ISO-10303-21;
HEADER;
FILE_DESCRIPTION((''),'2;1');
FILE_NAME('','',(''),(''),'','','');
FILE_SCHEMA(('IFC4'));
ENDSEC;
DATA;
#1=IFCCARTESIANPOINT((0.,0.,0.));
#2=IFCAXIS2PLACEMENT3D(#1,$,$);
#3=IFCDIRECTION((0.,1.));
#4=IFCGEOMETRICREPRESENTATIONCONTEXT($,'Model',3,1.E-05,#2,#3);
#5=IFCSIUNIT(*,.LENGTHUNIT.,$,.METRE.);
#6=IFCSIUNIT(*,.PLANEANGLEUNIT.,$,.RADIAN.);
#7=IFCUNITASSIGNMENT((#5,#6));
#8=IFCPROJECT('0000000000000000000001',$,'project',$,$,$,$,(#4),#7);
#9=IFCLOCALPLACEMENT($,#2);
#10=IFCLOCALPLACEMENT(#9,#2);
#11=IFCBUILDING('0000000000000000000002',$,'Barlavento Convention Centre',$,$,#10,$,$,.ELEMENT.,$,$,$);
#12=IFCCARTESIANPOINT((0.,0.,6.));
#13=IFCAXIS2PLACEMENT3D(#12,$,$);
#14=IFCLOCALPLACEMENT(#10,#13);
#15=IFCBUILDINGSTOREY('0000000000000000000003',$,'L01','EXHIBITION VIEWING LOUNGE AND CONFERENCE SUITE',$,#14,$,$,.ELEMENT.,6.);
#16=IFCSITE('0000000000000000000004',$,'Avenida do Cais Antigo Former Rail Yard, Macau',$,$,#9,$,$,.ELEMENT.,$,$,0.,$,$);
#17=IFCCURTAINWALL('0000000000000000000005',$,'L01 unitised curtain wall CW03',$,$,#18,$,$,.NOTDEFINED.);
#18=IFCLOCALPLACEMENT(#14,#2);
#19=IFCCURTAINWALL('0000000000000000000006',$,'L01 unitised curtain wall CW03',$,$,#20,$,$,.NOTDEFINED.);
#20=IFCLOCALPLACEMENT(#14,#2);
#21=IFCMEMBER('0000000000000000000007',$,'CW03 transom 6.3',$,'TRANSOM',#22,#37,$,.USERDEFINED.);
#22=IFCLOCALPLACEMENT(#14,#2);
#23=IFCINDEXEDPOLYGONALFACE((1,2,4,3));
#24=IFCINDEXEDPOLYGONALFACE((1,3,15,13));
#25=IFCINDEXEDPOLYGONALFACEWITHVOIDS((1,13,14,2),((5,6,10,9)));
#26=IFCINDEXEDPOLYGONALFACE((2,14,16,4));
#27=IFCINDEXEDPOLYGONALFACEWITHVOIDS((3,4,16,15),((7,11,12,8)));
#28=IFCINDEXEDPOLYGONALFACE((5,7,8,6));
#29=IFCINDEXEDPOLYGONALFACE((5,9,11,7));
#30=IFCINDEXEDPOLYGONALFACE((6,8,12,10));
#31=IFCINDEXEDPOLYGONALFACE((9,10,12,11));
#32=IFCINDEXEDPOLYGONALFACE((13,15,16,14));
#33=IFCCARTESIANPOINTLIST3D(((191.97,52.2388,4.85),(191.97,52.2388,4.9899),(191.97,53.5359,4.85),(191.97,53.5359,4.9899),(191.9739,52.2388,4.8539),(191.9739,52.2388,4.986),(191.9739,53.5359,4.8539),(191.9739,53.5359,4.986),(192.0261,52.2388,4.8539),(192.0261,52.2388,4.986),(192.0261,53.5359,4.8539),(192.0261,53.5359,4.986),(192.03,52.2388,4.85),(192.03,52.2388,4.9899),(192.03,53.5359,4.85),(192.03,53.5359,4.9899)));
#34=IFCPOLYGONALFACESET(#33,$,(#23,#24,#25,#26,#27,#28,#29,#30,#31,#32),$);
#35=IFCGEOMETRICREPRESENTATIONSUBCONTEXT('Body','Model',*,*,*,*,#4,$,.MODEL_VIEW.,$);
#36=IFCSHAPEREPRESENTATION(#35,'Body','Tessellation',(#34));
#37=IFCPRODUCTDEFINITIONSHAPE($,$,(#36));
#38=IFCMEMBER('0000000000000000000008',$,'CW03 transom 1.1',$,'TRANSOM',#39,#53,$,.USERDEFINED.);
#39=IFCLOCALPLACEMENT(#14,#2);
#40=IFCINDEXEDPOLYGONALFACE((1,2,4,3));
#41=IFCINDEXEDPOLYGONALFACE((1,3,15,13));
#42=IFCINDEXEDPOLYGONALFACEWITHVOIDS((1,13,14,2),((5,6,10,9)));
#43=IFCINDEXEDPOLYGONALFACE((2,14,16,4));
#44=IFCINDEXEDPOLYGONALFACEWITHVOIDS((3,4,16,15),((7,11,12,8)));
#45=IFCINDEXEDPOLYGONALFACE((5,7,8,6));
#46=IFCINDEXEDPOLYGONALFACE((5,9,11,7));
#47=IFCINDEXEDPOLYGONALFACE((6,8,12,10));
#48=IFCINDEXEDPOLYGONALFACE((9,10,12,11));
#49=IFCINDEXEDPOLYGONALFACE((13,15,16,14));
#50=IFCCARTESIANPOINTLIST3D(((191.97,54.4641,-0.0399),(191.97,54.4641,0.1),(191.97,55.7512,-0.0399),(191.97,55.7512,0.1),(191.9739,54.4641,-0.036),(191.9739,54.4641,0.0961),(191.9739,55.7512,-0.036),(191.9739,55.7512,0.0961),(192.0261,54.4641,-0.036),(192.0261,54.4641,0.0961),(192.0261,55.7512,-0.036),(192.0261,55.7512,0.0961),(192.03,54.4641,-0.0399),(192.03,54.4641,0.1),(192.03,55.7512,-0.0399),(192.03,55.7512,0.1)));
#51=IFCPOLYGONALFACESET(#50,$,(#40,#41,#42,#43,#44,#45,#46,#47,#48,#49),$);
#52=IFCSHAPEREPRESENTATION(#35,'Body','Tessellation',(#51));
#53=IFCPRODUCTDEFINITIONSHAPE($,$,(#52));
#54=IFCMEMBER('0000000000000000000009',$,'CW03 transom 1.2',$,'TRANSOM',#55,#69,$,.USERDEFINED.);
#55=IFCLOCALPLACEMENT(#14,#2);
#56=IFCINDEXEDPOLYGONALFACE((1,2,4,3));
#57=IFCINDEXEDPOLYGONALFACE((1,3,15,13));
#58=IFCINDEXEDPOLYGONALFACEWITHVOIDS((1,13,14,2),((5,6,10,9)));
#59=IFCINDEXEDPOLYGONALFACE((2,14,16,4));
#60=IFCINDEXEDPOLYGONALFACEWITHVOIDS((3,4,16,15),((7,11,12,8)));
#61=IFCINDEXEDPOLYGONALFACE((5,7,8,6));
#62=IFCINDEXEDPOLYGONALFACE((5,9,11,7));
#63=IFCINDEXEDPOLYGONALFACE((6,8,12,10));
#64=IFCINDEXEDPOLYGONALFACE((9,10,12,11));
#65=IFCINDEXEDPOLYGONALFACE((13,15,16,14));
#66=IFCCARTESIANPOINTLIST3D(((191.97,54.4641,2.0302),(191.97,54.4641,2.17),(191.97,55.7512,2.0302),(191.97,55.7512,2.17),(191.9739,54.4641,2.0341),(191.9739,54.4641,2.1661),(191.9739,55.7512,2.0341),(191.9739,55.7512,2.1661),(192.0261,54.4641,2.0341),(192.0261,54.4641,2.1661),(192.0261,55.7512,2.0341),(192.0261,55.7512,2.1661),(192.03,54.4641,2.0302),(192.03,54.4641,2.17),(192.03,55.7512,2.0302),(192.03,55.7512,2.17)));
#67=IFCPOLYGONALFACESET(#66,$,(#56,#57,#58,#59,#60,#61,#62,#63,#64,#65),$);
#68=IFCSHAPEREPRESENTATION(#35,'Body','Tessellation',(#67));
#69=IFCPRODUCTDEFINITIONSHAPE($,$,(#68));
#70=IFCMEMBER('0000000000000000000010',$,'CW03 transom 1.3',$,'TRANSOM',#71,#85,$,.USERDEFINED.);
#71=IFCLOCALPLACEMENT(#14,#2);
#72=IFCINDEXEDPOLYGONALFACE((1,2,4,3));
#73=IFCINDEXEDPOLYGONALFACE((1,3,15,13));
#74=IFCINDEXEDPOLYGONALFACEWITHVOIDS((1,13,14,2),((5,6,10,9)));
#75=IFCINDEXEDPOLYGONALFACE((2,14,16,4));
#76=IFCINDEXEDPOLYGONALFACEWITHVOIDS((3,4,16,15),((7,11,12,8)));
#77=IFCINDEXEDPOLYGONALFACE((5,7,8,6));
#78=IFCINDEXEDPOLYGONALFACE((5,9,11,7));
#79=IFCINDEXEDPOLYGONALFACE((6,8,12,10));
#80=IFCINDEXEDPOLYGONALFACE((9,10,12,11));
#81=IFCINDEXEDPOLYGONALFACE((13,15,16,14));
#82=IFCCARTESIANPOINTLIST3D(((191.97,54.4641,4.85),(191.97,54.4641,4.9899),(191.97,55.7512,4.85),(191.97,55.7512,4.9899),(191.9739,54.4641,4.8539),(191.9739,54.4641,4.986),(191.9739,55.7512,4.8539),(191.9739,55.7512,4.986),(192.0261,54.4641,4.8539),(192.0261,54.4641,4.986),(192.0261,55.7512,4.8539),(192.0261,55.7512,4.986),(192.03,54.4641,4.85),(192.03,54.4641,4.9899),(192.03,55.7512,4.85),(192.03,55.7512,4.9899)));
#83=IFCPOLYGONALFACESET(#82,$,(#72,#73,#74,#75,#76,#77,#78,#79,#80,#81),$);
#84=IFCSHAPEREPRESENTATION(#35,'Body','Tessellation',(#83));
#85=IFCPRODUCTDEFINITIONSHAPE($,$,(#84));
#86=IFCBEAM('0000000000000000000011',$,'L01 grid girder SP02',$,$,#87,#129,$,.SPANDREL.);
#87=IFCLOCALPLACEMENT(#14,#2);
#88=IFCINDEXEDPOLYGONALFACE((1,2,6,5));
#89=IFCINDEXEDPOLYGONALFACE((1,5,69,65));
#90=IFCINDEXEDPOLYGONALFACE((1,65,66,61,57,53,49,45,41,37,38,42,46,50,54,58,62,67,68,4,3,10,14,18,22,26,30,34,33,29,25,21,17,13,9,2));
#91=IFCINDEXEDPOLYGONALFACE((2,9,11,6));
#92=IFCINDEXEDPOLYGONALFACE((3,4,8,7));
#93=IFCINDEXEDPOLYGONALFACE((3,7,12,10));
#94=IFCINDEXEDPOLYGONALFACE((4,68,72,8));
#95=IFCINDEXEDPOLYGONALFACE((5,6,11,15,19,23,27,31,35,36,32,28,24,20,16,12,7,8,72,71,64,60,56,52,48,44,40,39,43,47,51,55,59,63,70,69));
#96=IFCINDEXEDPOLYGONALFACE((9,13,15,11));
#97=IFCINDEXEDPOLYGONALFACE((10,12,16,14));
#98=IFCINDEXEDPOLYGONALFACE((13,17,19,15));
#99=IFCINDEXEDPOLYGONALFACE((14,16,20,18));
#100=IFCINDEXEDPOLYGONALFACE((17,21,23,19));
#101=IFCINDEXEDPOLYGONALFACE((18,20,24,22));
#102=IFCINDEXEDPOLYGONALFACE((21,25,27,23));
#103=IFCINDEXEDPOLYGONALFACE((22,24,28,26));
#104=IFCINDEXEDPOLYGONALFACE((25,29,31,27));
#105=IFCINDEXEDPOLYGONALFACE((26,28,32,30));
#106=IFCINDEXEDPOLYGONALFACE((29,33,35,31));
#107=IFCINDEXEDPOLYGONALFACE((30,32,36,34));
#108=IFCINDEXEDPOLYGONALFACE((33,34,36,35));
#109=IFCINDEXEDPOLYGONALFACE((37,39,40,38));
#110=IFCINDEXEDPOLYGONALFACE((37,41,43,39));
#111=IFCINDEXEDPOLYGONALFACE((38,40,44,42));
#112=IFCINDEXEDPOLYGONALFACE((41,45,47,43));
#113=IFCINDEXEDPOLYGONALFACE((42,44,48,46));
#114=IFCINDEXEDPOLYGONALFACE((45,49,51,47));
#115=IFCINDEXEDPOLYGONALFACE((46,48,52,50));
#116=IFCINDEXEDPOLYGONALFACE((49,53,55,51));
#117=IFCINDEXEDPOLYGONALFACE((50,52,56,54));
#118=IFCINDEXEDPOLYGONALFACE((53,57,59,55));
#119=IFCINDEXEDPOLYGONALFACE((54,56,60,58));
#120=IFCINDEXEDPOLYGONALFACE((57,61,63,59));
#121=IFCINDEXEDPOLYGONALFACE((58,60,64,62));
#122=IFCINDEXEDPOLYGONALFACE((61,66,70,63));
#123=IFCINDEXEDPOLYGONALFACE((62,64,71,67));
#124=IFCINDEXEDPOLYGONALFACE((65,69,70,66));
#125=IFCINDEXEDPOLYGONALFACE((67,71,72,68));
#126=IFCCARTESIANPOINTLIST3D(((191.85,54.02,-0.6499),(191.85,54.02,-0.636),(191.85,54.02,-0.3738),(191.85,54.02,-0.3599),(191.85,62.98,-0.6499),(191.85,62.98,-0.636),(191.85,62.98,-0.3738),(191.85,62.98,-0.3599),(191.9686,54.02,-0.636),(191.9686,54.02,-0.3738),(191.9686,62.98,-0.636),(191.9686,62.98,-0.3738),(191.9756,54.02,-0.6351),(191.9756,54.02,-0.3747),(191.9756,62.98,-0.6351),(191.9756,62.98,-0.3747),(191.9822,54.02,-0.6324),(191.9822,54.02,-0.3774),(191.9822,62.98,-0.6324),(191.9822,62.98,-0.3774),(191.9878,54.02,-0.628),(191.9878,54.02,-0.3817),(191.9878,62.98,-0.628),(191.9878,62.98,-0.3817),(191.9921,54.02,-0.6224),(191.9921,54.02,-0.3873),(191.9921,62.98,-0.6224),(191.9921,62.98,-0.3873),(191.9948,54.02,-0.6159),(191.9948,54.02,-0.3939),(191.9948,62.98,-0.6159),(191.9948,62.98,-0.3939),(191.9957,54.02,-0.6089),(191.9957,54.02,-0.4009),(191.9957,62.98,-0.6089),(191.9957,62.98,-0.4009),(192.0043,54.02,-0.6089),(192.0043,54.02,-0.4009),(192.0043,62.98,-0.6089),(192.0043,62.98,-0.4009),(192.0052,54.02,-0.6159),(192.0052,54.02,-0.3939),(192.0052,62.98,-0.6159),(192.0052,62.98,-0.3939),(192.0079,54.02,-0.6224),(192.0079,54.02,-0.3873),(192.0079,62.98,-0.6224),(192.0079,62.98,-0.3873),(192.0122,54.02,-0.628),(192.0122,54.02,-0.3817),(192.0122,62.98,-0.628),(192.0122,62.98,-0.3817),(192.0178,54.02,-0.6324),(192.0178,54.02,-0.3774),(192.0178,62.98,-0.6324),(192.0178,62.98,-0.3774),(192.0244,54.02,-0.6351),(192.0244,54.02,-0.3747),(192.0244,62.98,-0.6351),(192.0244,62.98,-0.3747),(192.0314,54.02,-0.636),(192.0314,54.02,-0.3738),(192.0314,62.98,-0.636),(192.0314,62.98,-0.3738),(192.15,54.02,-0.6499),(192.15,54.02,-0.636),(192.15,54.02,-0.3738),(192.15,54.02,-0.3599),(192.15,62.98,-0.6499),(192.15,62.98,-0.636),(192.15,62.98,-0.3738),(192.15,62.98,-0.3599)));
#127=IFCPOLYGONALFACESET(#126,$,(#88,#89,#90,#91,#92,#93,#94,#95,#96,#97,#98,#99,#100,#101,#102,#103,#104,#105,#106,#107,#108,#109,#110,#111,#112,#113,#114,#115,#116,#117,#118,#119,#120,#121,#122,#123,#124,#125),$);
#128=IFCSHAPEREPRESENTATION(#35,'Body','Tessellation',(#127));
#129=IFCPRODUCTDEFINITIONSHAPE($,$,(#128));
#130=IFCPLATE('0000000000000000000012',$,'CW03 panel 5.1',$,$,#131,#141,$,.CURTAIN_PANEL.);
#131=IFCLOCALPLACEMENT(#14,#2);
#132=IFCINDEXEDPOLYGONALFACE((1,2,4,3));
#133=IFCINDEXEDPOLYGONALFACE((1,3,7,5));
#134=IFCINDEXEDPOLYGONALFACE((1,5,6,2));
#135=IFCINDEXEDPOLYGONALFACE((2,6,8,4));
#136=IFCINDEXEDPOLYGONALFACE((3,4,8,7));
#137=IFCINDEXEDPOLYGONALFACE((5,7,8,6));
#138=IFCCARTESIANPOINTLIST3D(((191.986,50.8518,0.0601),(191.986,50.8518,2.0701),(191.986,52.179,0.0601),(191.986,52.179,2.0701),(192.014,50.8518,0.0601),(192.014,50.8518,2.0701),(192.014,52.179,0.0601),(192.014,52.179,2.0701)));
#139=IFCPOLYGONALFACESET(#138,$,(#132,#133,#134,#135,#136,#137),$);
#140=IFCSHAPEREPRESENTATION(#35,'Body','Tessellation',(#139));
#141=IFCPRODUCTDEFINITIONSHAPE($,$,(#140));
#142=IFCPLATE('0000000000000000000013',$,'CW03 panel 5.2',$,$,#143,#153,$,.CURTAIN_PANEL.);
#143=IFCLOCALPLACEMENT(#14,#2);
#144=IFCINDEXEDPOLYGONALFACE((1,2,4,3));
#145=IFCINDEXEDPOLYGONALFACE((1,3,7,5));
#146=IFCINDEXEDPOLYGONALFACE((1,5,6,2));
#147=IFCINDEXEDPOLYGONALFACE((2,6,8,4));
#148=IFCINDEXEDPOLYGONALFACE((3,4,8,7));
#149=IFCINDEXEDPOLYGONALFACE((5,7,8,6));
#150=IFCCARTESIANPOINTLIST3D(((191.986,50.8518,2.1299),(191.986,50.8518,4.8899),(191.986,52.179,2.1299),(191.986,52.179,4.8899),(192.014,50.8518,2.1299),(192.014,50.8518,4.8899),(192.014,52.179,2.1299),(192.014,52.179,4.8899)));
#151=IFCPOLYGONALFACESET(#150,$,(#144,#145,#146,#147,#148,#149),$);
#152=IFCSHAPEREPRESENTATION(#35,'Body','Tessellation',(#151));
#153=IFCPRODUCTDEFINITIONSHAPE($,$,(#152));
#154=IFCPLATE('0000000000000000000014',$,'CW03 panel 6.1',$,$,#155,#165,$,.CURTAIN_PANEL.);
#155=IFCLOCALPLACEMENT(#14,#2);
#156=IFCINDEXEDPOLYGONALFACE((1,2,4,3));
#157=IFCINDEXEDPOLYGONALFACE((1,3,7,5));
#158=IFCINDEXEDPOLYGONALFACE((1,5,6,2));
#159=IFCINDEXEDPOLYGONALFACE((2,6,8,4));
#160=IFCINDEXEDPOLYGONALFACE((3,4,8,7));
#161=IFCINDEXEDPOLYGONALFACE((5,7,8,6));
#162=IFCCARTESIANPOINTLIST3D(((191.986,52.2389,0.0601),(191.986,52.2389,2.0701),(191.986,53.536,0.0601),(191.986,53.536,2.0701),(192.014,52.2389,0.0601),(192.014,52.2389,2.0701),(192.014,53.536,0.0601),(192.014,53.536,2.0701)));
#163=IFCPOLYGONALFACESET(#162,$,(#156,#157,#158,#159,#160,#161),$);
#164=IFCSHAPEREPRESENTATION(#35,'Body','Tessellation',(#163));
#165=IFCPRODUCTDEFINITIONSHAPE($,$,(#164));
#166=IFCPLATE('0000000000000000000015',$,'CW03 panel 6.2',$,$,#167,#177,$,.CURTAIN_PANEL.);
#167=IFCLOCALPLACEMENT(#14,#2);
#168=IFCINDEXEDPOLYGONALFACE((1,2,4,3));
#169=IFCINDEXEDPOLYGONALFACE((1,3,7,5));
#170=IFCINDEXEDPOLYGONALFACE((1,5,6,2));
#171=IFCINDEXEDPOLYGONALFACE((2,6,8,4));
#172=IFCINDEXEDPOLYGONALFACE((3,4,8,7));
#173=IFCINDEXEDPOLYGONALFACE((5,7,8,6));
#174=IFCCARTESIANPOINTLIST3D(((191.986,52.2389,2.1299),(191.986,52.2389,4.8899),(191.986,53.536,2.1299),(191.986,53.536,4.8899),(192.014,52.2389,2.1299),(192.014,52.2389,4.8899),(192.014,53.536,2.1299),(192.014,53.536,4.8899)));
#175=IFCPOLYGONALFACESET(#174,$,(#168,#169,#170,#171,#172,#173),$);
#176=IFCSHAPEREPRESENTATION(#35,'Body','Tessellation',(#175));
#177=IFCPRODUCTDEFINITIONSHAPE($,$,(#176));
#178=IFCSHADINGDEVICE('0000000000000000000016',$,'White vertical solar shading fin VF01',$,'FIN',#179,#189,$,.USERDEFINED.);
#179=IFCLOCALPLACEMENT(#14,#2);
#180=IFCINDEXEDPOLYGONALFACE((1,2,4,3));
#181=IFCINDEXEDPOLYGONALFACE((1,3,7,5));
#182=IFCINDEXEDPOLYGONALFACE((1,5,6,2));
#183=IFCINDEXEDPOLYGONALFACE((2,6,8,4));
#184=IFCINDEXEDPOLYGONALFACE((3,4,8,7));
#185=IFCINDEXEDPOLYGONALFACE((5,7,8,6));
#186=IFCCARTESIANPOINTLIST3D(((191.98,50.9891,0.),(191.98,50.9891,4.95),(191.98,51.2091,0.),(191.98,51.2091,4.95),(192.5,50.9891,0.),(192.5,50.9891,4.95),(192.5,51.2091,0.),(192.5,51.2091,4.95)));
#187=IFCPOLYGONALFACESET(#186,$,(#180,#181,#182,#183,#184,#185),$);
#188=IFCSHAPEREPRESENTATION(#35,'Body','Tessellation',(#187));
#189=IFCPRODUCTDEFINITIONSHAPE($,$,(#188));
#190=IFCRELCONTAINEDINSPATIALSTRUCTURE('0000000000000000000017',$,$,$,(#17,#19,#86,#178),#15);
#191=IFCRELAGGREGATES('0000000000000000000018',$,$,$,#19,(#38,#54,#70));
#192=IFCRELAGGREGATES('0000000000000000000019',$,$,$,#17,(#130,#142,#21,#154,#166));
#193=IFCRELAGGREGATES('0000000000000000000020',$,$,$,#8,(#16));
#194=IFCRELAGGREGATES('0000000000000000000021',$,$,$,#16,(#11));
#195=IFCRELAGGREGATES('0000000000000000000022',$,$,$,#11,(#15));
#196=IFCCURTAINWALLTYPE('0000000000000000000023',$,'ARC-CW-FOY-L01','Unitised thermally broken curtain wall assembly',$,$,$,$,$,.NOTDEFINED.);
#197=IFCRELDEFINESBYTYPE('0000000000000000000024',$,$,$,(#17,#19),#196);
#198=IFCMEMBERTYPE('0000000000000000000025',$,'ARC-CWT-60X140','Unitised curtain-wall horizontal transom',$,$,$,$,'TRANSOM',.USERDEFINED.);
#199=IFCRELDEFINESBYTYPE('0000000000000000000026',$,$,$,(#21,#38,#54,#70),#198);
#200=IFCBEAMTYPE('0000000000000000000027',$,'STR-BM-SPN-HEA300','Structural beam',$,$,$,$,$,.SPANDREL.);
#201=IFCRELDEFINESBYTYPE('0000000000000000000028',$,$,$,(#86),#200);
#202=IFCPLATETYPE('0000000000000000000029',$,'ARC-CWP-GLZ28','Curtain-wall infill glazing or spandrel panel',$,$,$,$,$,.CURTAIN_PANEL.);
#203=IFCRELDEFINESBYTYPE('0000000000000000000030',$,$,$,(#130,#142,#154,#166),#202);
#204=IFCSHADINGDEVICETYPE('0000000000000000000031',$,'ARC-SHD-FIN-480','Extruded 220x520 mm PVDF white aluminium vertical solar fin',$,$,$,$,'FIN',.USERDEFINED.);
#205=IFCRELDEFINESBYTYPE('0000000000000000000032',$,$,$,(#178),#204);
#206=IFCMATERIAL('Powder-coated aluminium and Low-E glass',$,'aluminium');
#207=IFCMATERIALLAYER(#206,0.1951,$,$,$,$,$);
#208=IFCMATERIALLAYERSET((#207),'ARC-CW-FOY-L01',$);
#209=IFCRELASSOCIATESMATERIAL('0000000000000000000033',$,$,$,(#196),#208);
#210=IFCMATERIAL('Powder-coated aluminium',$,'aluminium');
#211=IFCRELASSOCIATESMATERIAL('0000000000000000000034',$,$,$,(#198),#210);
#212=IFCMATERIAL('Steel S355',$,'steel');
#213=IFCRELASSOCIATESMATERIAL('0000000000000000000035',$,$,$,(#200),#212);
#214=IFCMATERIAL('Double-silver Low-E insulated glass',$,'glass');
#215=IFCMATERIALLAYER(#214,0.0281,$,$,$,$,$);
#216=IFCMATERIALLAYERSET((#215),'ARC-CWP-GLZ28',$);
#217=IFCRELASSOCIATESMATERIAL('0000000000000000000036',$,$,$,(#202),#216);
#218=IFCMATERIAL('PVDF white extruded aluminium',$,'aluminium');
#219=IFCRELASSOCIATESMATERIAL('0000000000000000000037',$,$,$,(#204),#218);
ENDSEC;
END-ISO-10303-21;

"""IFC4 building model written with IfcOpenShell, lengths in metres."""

from ifc_helpers import new_model, si_unit, direction, frame, origin, origin_2d, place, context, subcontext, project, spatial, rectangle, hollow_rectangle, i_section, extrude, material, layer, layer_set, material_profile, profile_set, type_object, element, aggregate, save


model = new_model("IFC4")

# Units and contexts
model_context = context("Model", 3, precision=1e-05, world=origin(), true_north=direction((0.0, 1.0)))
body_context = subcontext(model_context, "Body", "Model", "MODEL_VIEW")
ifc_project = project(units=[si_unit("LENGTHUNIT", "METRE"), si_unit("PLANEANGLEUNIT", "RADIAN")], contexts=[model_context])

# Site, building, storey
site_placement = place(None, origin())
site = spatial("IfcSite", under=ifc_project, at=site_placement, Name="Avenida do Cais Antigo Former Rail Yard, Macau", CompositionType="ELEMENT", RefElevation=0.0)
building_placement = place(site_placement, origin())
building = spatial("IfcBuilding", under=site, at=building_placement, Name="Barlavento Convention Centre", CompositionType="ELEMENT")
storey_placement = place(building_placement, frame((0.0, 0.0, 6.0)))
storey = spatial("IfcBuildingStorey", under=building, at=storey_placement, Name="L01", Description="EXHIBITION VIEWING LOUNGE AND CONFERENCE SUITE", CompositionType="ELEMENT", Elevation=6.0)

# Curtain wall
ifc_material_1 = material(Name="Powder-coated aluminium and Low-E glass", Category="aluminium")
ifc_layer_1 = layer(ifc_material_1, 0.1951)
ifc_layer_set_1 = layer_set([ifc_layer_1], Name="ARC-CW-FOY-L01")
curtain_wall_type = type_object("IfcCurtainWallType", Name="ARC-CW-FOY-L01", Description="Unitised thermally broken curtain wall assembly", PredefinedType="NOTDEFINED", material=ifc_layer_set_1)
curtain_wall_1_placement = place(storey_placement, origin())
curtain_wall_1 = element("IfcCurtainWall", 1, at=curtain_wall_1_placement, inside=storey, type_object=curtain_wall_type, Name="L01 unitised curtain wall CW03", PredefinedType="NOTDEFINED")
ifc_material_2 = material(Name="Powder-coated aluminium", Category="aluminium")

# Curtain wall
curtain_wall_2_placement = place(storey_placement, origin())
curtain_wall_2 = element("IfcCurtainWall", 2, at=curtain_wall_2_placement, inside=storey, type_object=curtain_wall_type, Name="L01 unitised curtain wall CW03", PredefinedType="NOTDEFINED")

# Members
ifc_material_profile_1 = material_profile(ifc_material_2, hollow_rectangle(XDim=0.0601, YDim=0.1399, WallThickness=0.0039, at=origin_2d()), Name="AL-TRAN 60x140x4")
ifc_profile_set_1 = profile_set([ifc_material_profile_1], Name="Powder-coated aluminium")
member_type_1 = type_object("IfcMemberType", Name="ARC-CWT-60X140", Description="Unitised curtain-wall horizontal transom", ElementType="TRANSOM", PredefinedType="USERDEFINED", material=ifc_profile_set_1)
member_1_placement = place(storey_placement, frame((192.0, 52.2388, 4.9199), z_axis=(0.0, 1.0, 0.0), x_axis=(-1.0, 0.0, 0.0)))
member_1 = element("IfcMember", 3, at=member_1_placement, type_object=member_type_1, Name="CW03 transom 6.3", ObjectType="TRANSOM", PredefinedType="USERDEFINED", context=body_context, shape_type="SweptSolid", body=[
    extrude(hollow_rectangle(XDim=0.0601, YDim=0.1399, WallThickness=0.0039, at=origin_2d()), origin(), (0.0, 0.0, 1.0), 1.2971),
])
member_2_placement = place(storey_placement, frame((192.0, 54.4641, 0.03), z_axis=(0.0, 1.0, 0.0), x_axis=(-1.0, 0.0, 0.0)))
member_2 = element("IfcMember", 4, at=member_2_placement, type_object=member_type_1, Name="CW03 transom 1.1", ObjectType="TRANSOM", PredefinedType="USERDEFINED", context=body_context, shape_type="SweptSolid", body=[
    extrude(hollow_rectangle(XDim=0.0601, YDim=0.1399, WallThickness=0.0039, at=origin_2d()), origin(), (0.0, 0.0, 1.0), 1.2871),
])
member_3_placement = place(storey_placement, frame((192.0, 54.4641, 2.1001), z_axis=(0.0, 1.0, 0.0), x_axis=(-1.0, 0.0, 0.0)))
member_3 = element("IfcMember", 5, at=member_3_placement, type_object=member_type_1, Name="CW03 transom 1.2", ObjectType="TRANSOM", PredefinedType="USERDEFINED", context=body_context, shape_type="SweptSolid", body=[
    extrude(hollow_rectangle(XDim=0.0601, YDim=0.1399, WallThickness=0.0039, at=origin_2d()), origin(), (0.0, 0.0, 1.0), 1.2871),
])
member_4_placement = place(storey_placement, frame((192.0, 54.4641, 4.9199), z_axis=(0.0, 1.0, 0.0), x_axis=(-1.0, 0.0, 0.0)))
member_4 = element("IfcMember", 6, at=member_4_placement, type_object=member_type_1, Name="CW03 transom 1.3", ObjectType="TRANSOM", PredefinedType="USERDEFINED", context=body_context, shape_type="SweptSolid", body=[
    extrude(hollow_rectangle(XDim=0.0601, YDim=0.1399, WallThickness=0.0039, at=origin_2d()), origin(), (0.0, 0.0, 1.0), 1.2871),
])
aggregate(curtain_wall_2, [member_2, member_3, member_4])

# Beam
ifc_material_3 = material(Name="Steel S355", Category="steel")
ifc_material_profile_2 = material_profile(ifc_material_3, i_section(OverallWidth=0.3, OverallDepth=0.29, WebThickness=0.0085, FlangeThickness=0.0139, FilletRadius=0.0271, at=origin_2d()), Name="HEA 300")
ifc_profile_set_2 = profile_set([ifc_material_profile_2], Name="Steel S355")
beam_type = type_object("IfcBeamType", Name="STR-BM-SPN-HEA300", Description="Structural beam", PredefinedType="SPANDREL", material=ifc_profile_set_2)
beam_placement = place(storey_placement, frame((192.0, 54.02, -0.5049), z_axis=(0.0, 1.0, 0.0), x_axis=(-1.0, 0.0, 0.0)))
element("IfcBeam", 7, at=beam_placement, inside=storey, type_object=beam_type, Name="L01 grid girder SP02", PredefinedType="SPANDREL", context=body_context, shape_type="SweptSolid", body=[
    extrude(i_section(OverallWidth=0.3, OverallDepth=0.29, WebThickness=0.0085, FlangeThickness=0.0139, FilletRadius=0.0271, at=origin_2d()), origin(), (0.0, 0.0, 1.0), 8.96),
])

# Plates
ifc_material_4 = material(Name="Double-silver Low-E insulated glass", Category="glass")
ifc_layer_2 = layer(ifc_material_4, 0.0281)
ifc_layer_set_2 = layer_set([ifc_layer_2], Name="ARC-CWP-GLZ28")
plate_type = type_object("IfcPlateType", Name="ARC-CWP-GLZ28", Description="Curtain-wall infill glazing or spandrel panel", PredefinedType="CURTAIN_PANEL", material=ifc_layer_set_2)
plate_1_placement = place(storey_placement, frame((192.0, 51.5154, 0.0601), z_axis=(0.0, 0.0, 1.0), x_axis=(0.0, 1.0, 0.0)))
plate_1 = element("IfcPlate", 8, at=plate_1_placement, type_object=plate_type, Name="CW03 panel 5.1", PredefinedType="CURTAIN_PANEL", context=body_context, shape_type="SweptSolid", body=[
    extrude(rectangle(XDim=1.3271, YDim=0.0281, at=origin_2d()), origin(), (0.0, 0.0, 1.0), 2.01),
])
plate_2_placement = place(storey_placement, frame((192.0, 51.5154, 2.1299), z_axis=(0.0, 0.0, 1.0), x_axis=(0.0, 1.0, 0.0)))
plate_2 = element("IfcPlate", 9, at=plate_2_placement, type_object=plate_type, Name="CW03 panel 5.2", PredefinedType="CURTAIN_PANEL", context=body_context, shape_type="SweptSolid", body=[
    extrude(rectangle(XDim=1.3271, YDim=0.0281, at=origin_2d()), origin(), (0.0, 0.0, 1.0), 2.76),
])
plate_3_placement = place(storey_placement, frame((192.0, 52.8875, 0.0601), z_axis=(0.0, 0.0, 1.0), x_axis=(0.0, 1.0, 0.0)))
plate_3 = element("IfcPlate", 10, at=plate_3_placement, type_object=plate_type, Name="CW03 panel 6.1", PredefinedType="CURTAIN_PANEL", context=body_context, shape_type="SweptSolid", body=[
    extrude(rectangle(XDim=1.2971, YDim=0.0281, at=origin_2d()), origin(), (0.0, 0.0, 1.0), 2.01),
])
plate_4_placement = place(storey_placement, frame((192.0, 52.8875, 2.1299), z_axis=(0.0, 0.0, 1.0), x_axis=(0.0, 1.0, 0.0)))
plate_4 = element("IfcPlate", 11, at=plate_4_placement, type_object=plate_type, Name="CW03 panel 6.2", PredefinedType="CURTAIN_PANEL", context=body_context, shape_type="SweptSolid", body=[
    extrude(rectangle(XDim=1.2971, YDim=0.0281, at=origin_2d()), origin(), (0.0, 0.0, 1.0), 2.76),
])
aggregate(curtain_wall_1, [plate_1, plate_2, member_1, plate_3, plate_4])

# Shading device
ifc_material_5 = material(Name="PVDF white extruded aluminium", Category="aluminium")
shading_device_type = type_object("IfcShadingDeviceType", Name="ARC-SHD-FIN-480", Description="Extruded 220x520 mm PVDF white aluminium vertical solar fin", ElementType="FIN", PredefinedType="USERDEFINED", material=ifc_material_5)
for number, where, z_axis, x_axis, name in (
    (12, (192.24, 51.0991, 0.0), (0.0, 0.0, 1.0), (0.0, 1.0, 0.0), "White vertical solar shading fin VF01"),
):
    element("IfcShadingDevice", number, at=place(storey_placement, frame(where, z_axis=z_axis, x_axis=x_axis)), inside=storey, type_object=shading_device_type, Name=name, ObjectType="FIN", PredefinedType="USERDEFINED", context=body_context, shape_type="SweptSolid", body=[
        extrude(rectangle(XDim=0.22, YDim=0.52, at=origin_2d()), origin(), (0.0, 0.0, 1.0), 4.95),
    ])

save(model, "model.ifc")
